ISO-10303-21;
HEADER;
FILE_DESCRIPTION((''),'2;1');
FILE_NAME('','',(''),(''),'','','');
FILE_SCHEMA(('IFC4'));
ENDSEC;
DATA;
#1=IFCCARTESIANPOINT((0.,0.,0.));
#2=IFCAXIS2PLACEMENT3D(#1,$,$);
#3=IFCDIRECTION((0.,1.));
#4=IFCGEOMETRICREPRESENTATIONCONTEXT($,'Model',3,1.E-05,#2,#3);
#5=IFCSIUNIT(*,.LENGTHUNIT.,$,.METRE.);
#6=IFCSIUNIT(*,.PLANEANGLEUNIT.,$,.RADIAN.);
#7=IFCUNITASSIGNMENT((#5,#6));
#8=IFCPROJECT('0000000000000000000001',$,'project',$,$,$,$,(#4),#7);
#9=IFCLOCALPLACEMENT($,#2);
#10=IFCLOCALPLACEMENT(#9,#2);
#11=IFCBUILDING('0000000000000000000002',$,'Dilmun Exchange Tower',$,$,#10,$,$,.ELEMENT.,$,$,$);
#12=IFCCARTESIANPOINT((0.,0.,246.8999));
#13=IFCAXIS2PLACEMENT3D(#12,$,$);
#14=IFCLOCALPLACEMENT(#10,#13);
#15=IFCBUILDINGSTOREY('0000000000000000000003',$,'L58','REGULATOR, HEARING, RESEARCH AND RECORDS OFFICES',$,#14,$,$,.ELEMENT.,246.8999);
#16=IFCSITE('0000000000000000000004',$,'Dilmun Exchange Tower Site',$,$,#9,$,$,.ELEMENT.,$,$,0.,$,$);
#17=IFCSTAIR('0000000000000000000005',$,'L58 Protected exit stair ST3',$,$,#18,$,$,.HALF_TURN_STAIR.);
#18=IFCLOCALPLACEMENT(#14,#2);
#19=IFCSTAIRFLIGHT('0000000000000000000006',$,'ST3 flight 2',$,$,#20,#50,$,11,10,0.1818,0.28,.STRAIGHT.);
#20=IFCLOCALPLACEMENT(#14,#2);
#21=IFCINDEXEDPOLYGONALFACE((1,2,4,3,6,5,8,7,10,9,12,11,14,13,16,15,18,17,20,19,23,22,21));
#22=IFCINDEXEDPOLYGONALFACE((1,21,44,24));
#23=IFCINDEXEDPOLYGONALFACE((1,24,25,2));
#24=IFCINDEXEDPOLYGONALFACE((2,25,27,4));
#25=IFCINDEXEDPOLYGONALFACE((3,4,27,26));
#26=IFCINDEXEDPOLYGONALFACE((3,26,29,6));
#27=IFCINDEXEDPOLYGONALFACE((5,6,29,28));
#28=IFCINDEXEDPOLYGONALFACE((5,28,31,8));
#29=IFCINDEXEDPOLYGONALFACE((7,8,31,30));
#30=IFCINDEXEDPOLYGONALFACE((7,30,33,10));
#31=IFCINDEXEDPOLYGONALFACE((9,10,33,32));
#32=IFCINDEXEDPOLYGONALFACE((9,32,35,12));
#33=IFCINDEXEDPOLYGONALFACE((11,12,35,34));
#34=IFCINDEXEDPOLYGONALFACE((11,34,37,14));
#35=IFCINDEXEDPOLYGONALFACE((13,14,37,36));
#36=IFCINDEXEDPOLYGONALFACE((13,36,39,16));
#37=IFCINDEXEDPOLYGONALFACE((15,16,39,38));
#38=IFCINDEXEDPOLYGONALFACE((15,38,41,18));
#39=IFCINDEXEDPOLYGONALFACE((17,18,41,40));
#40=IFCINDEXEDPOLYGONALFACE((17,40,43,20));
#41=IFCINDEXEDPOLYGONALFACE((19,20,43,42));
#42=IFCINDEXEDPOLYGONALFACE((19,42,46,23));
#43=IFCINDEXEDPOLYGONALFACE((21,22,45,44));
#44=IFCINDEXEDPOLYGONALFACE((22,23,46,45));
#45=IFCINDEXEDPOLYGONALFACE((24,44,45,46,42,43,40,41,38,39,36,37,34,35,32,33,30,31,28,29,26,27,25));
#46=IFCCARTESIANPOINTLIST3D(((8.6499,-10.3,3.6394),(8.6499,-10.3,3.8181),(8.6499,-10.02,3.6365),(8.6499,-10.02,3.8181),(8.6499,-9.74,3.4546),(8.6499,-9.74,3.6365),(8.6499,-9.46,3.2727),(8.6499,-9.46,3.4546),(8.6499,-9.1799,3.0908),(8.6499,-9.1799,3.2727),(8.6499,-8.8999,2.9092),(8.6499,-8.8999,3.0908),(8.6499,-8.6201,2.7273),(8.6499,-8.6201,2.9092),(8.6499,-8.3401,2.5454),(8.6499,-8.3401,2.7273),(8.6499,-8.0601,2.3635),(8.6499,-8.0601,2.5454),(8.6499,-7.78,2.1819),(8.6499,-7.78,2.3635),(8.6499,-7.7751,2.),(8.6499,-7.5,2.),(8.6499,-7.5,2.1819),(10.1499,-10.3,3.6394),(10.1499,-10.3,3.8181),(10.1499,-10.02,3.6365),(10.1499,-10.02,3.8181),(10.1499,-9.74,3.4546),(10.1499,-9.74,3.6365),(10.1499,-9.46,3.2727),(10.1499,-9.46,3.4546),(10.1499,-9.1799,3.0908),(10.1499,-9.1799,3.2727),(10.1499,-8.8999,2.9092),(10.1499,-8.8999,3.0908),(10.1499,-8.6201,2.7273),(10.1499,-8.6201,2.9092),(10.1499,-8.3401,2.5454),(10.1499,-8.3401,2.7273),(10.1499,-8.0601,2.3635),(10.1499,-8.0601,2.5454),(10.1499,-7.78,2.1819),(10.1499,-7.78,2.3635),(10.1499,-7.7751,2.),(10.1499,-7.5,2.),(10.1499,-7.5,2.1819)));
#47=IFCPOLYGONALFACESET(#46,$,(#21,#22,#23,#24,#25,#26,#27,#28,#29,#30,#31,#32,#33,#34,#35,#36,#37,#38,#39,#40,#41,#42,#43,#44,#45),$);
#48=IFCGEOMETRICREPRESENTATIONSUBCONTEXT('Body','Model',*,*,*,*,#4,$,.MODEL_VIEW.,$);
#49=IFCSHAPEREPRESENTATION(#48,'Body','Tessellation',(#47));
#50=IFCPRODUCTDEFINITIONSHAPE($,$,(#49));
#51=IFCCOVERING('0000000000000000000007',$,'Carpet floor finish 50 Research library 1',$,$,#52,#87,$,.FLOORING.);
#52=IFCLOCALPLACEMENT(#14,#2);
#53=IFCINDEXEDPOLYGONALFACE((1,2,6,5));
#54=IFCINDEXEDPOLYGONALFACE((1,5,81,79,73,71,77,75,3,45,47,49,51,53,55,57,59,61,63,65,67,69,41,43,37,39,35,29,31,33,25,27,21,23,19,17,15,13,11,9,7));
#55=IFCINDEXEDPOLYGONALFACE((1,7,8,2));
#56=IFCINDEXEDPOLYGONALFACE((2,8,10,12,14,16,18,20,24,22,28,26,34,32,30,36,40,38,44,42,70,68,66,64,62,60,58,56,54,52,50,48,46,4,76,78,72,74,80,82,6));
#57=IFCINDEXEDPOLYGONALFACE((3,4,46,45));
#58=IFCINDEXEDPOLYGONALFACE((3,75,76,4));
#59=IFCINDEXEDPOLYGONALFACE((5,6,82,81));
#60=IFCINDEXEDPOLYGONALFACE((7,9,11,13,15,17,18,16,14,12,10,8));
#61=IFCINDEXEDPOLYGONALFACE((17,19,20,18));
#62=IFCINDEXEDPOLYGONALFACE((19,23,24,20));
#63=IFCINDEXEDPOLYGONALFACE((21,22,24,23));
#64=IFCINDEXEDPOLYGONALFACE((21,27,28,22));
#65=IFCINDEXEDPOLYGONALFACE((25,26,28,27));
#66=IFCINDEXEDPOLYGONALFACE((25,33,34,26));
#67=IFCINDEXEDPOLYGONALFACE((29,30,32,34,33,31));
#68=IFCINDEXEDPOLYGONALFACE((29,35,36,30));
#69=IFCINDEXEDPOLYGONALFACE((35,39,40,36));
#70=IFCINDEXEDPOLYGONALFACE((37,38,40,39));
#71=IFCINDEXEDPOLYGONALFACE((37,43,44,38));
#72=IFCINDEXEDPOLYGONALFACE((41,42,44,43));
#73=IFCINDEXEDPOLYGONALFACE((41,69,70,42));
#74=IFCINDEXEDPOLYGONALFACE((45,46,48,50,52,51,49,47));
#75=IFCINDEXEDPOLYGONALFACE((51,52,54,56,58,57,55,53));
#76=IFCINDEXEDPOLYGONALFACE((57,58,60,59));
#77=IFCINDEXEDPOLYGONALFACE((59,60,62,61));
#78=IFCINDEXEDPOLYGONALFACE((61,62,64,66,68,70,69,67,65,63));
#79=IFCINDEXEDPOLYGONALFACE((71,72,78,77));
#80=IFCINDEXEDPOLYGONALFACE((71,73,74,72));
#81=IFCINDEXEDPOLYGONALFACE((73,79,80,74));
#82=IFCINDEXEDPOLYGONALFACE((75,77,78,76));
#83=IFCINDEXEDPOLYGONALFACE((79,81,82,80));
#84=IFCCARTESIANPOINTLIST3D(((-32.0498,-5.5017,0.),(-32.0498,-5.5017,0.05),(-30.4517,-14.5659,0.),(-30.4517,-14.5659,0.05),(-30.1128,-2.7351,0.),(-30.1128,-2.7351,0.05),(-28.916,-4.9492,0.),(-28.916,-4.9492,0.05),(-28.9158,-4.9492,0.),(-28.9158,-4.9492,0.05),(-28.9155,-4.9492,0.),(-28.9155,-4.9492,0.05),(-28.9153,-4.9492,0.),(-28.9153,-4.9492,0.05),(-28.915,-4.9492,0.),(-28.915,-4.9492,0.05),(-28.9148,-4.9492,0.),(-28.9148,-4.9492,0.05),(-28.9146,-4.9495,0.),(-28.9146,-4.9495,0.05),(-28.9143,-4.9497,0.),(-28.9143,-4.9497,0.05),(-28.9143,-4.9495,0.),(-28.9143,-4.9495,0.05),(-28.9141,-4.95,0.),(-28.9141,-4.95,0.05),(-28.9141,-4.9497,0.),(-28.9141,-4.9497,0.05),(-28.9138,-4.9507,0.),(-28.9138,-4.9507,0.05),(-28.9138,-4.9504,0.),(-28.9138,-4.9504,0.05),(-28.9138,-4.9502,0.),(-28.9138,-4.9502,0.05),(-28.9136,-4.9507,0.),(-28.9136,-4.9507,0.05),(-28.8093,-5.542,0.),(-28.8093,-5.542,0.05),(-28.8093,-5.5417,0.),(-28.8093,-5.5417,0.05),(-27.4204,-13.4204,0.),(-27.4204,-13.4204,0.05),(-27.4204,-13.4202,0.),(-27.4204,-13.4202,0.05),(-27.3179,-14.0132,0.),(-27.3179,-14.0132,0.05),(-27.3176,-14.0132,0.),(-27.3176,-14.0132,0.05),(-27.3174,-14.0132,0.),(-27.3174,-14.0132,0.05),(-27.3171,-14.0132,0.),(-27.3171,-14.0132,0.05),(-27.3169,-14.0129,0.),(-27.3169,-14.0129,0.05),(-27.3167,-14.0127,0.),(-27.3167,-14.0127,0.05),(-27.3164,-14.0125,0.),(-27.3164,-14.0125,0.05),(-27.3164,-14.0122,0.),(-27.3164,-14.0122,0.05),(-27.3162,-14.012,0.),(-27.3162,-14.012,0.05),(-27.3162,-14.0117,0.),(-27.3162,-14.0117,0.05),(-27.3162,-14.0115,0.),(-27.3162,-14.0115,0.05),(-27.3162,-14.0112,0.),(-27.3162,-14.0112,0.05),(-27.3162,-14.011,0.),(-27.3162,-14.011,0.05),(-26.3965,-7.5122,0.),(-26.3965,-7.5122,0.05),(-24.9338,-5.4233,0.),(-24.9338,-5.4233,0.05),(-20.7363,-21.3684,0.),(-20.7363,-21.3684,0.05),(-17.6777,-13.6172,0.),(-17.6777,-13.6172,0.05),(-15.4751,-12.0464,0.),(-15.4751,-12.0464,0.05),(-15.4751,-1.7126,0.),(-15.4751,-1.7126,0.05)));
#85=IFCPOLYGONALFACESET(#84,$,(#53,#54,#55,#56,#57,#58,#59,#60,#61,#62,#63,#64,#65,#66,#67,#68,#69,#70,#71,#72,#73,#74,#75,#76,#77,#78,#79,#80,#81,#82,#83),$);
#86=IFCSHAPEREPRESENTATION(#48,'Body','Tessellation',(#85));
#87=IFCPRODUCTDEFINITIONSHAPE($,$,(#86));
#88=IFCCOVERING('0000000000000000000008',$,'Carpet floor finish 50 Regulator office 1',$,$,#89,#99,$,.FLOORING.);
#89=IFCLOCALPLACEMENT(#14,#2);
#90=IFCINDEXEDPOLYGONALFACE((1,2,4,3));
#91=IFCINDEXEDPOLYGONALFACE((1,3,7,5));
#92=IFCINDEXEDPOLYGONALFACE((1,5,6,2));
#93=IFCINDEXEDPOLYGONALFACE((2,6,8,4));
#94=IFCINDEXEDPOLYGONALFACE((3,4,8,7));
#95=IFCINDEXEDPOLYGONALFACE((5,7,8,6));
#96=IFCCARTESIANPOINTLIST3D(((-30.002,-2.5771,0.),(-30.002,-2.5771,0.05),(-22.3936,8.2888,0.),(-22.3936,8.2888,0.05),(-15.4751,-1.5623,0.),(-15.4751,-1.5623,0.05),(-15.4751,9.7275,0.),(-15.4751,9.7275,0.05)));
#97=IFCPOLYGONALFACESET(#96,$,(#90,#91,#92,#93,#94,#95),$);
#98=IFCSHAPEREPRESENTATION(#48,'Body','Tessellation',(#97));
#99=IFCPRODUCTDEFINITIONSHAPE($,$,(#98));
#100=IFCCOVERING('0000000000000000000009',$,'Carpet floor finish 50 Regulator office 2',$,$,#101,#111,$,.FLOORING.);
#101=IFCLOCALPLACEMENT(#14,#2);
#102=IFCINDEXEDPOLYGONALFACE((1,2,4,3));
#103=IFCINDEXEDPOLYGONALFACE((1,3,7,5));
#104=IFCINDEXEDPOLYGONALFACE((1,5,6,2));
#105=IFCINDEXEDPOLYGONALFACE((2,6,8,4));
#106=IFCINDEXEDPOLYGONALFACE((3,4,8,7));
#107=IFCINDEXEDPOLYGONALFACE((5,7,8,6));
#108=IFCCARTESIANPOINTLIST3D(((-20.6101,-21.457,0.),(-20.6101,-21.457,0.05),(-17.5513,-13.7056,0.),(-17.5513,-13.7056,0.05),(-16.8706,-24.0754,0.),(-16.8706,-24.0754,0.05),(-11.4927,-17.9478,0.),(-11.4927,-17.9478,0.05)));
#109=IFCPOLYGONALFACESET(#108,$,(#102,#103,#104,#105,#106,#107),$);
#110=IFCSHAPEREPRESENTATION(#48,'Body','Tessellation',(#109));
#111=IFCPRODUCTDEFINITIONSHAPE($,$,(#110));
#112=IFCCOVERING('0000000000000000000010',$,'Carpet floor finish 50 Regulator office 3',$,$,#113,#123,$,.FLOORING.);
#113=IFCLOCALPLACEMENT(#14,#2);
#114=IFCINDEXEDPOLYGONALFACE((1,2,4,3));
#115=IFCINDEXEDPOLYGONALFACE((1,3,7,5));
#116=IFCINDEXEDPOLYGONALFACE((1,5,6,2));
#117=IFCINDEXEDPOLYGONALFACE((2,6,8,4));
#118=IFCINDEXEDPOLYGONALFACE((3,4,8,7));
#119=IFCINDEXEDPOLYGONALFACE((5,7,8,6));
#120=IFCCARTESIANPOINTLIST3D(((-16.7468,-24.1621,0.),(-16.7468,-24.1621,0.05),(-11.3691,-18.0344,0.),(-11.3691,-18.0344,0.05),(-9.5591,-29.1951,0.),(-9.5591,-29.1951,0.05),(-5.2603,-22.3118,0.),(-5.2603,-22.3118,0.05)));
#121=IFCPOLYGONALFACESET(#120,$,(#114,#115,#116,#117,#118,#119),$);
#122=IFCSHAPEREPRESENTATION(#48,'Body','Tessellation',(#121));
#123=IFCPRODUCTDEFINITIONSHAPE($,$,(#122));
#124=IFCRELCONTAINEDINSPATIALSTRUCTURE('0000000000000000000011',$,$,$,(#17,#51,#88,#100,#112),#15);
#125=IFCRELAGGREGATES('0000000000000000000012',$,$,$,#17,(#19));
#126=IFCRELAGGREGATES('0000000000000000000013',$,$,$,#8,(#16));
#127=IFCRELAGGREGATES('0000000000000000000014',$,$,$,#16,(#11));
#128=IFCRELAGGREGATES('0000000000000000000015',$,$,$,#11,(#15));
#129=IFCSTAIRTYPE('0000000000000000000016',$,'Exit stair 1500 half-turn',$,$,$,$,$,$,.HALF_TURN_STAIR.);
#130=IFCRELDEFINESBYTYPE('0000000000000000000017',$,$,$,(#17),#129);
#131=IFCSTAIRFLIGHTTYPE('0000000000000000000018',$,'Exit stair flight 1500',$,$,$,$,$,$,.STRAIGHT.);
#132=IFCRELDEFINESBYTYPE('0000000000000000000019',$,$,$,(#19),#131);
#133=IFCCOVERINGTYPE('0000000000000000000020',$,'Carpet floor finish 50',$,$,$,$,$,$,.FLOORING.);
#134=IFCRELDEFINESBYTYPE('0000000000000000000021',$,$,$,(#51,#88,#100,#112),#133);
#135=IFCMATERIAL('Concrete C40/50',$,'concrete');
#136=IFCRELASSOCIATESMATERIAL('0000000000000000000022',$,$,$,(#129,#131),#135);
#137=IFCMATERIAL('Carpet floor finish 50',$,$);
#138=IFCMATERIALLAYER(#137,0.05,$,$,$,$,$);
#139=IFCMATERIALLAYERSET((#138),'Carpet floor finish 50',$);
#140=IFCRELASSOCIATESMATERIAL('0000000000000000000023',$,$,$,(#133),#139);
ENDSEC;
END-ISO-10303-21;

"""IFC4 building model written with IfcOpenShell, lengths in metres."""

from ifc_helpers import new_model, si_unit, direction, frame, origin, place, context, subcontext, project, spatial, polyline, outline, extrude, material, layer, layer_set, type_object, element, aggregate, save


model = new_model("IFC4")

# Units and contexts
model_context = context("Model", 3, precision=1e-05, world=origin(), true_north=direction((0.0, 1.0)))
body_context = subcontext(model_context, "Body", "Model", "MODEL_VIEW")
ifc_project = project(units=[si_unit("LENGTHUNIT", "METRE"), si_unit("PLANEANGLEUNIT", "RADIAN")], contexts=[model_context])

# Site, building, storey
site_placement = place(None, origin())
site = spatial("IfcSite", under=ifc_project, at=site_placement, Name="Dilmun Exchange Tower Site", CompositionType="ELEMENT", RefElevation=0.0)
building_placement = place(site_placement, origin())
building = spatial("IfcBuilding", under=site, at=building_placement, Name="Dilmun Exchange Tower", CompositionType="ELEMENT")
storey_placement = place(building_placement, frame((0.0, 0.0, 246.8999)))
storey = spatial("IfcBuildingStorey", under=building, at=storey_placement, Name="L58", Description="REGULATOR, HEARING, RESEARCH AND RECORDS OFFICES", CompositionType="ELEMENT", Elevation=246.8999)

# Shared definitions
ifc_material_1 = material(Name="Concrete C40/50", Category="concrete")

# Stair
stair_type = type_object("IfcStairType", Name="Exit stair 1500 half-turn", PredefinedType="HALF_TURN_STAIR", material=ifc_material_1)
stair_1_placement = place(storey_placement, origin())
stair_1 = element("IfcStair", 1, at=stair_1_placement, inside=storey, type_object=stair_type, Name="L58 Protected exit stair ST3", PredefinedType="HALF_TURN_STAIR")

# Stair flight
stair_flight_type = type_object("IfcStairFlightType", Name="Exit stair flight 1500", PredefinedType="STRAIGHT", material=ifc_material_1)
stair_flight_placement = place(storey_placement, frame((9.3999, -7.5, 2.0), z_axis=(0.0, 0.0, 1.0), x_axis=(0.0, -1.0, 0.0)))
stair_flight = element("IfcStairFlight", 2, at=stair_flight_placement, type_object=stair_flight_type, Name="ST3 flight 2", NumberOfRisers=11, NumberOfTreads=10, PredefinedType="STRAIGHT", RiserHeight=0.1818, TreadLength=0.28, context=body_context, shape_type="SweptSolid", body=[
    extrude(outline(polyline([(0.0, 0.0), (0.0, 0.1819), (0.28, 0.1819), (0.28, 0.3635), (0.5601, 0.3635), (0.5601, 0.5454), (0.8401, 0.5454), (0.8401, 0.7273), (1.1201, 0.7273), (1.1201, 0.9092), (1.3999, 0.9092), (1.3999, 1.0908), (1.6799, 1.0908), (1.6799, 1.2727), (1.96, 1.2727), (1.96, 1.4546), (2.24, 1.4546), (2.24, 1.6365), (2.52, 1.6365), (2.52, 1.8181), (2.8, 1.8181), (2.8, 2.0), (2.8, 1.6394), (0.2751, 0.0), (0.0, 0.0)])), frame((0.0, 0.75, 0.0), z_axis=(0.0, -1.0, 0.0), x_axis=(1.0, 0.0, 0.0)), (0.0, 0.0, 1.0), 1.5),
])
aggregate(stair_1, [stair_flight])

# Coverings
ifc_material_2 = material(Name="Carpet floor finish 50")
ifc_layer_1 = layer(ifc_material_2, 0.05)
ifc_layer_set_1 = layer_set([ifc_layer_1], Name="Carpet floor finish 50")
covering_type_1 = type_object("IfcCoveringType", Name="Carpet floor finish 50", PredefinedType="FLOORING", material=ifc_layer_set_1)
covering_1_placement = place(storey_placement, origin())
element("IfcCovering", 3, at=covering_1_placement, inside=storey, type_object=covering_type_1, Name="Carpet floor finish 50 Research library 1", PredefinedType="FLOORING", context=body_context, shape_type="SweptSolid", body=[
    extrude(outline(polyline([(-15.4751, -1.7126), (-15.4751, -12.0464), (-24.9338, -5.4233), (-26.3965, -7.5122), (-17.6777, -13.6172), (-20.7363, -21.3684), (-30.4517, -14.5659), (-27.3179, -14.0132), (-27.3176, -14.0132), (-27.3174, -14.0132), (-27.3171, -14.0132), (-27.3169, -14.0129), (-27.3169, -14.0129), (-27.3167, -14.0127), (-27.3167, -14.0127), (-27.3164, -14.0125), (-27.3164, -14.0122), (-27.3164, -14.0122), (-27.3162, -14.012), (-27.3162, -14.0117), (-27.3162, -14.0117), (-27.3162, -14.0115), (-27.3162, -14.0112), (-27.3162, -14.011), (-27.4204, -13.4204), (-27.4204, -13.4204), (-27.4204, -13.4202), (-28.8093, -5.542), (-28.8093, -5.542), (-28.8093, -5.542), (-28.8093, -5.5417), (-28.9136, -4.9507), (-28.9138, -4.9507), (-28.9138, -4.9504), (-28.9138, -4.9502), (-28.9138, -4.9502), (-28.9141, -4.95), (-28.9141, -4.9497), (-28.9143, -4.9497), (-28.9143, -4.9495), (-28.9146, -4.9495), (-28.9148, -4.9492), (-28.915, -4.9492), (-28.9153, -4.9492), (-28.9153, -4.9492), (-28.9155, -4.9492), (-28.9158, -4.9492), (-28.916, -4.9492), (-32.0498, -5.5017), (-30.1128, -2.7351), (-15.4751, -1.7126)])), origin(), (0.0, 0.0, 1.0), 0.05),
])
covering_2_placement = place(storey_placement, origin())
element("IfcCovering", 4, at=covering_2_placement, inside=storey, type_object=covering_type_1, Name="Carpet floor finish 50 Regulator office 1", PredefinedType="FLOORING", context=body_context, shape_type="SweptSolid", body=[
    extrude(outline(polyline([(-15.4751, 9.7275), (-15.4751, -1.5623), (-30.002, -2.5771), (-22.3936, 8.2888), (-15.4751, 9.7275)])), origin(), (0.0, 0.0, 1.0), 0.05),
])
covering_3_placement = place(storey_placement, origin())
element("IfcCovering", 5, at=covering_3_placement, inside=storey, type_object=covering_type_1, Name="Carpet floor finish 50 Regulator office 2", PredefinedType="FLOORING", context=body_context, shape_type="SweptSolid", body=[
    extrude(outline(polyline([(-17.5513, -13.7056), (-11.4927, -17.9478), (-16.8706, -24.0754), (-20.6101, -21.457), (-17.5513, -13.7056)])), origin(), (0.0, 0.0, 1.0), 0.05),
])
covering_4_placement = place(storey_placement, origin())
element("IfcCovering", 6, at=covering_4_placement, inside=storey, type_object=covering_type_1, Name="Carpet floor finish 50 Regulator office 3", PredefinedType="FLOORING", context=body_context, shape_type="SweptSolid", body=[
    extrude(outline(polyline([(-11.3691, -18.0344), (-5.2603, -22.3118), (-9.5591, -29.1951), (-16.7468, -24.1621), (-11.3691, -18.0344)])), origin(), (0.0, 0.0, 1.0), 0.05),
])

save(model, "model.ifc")
